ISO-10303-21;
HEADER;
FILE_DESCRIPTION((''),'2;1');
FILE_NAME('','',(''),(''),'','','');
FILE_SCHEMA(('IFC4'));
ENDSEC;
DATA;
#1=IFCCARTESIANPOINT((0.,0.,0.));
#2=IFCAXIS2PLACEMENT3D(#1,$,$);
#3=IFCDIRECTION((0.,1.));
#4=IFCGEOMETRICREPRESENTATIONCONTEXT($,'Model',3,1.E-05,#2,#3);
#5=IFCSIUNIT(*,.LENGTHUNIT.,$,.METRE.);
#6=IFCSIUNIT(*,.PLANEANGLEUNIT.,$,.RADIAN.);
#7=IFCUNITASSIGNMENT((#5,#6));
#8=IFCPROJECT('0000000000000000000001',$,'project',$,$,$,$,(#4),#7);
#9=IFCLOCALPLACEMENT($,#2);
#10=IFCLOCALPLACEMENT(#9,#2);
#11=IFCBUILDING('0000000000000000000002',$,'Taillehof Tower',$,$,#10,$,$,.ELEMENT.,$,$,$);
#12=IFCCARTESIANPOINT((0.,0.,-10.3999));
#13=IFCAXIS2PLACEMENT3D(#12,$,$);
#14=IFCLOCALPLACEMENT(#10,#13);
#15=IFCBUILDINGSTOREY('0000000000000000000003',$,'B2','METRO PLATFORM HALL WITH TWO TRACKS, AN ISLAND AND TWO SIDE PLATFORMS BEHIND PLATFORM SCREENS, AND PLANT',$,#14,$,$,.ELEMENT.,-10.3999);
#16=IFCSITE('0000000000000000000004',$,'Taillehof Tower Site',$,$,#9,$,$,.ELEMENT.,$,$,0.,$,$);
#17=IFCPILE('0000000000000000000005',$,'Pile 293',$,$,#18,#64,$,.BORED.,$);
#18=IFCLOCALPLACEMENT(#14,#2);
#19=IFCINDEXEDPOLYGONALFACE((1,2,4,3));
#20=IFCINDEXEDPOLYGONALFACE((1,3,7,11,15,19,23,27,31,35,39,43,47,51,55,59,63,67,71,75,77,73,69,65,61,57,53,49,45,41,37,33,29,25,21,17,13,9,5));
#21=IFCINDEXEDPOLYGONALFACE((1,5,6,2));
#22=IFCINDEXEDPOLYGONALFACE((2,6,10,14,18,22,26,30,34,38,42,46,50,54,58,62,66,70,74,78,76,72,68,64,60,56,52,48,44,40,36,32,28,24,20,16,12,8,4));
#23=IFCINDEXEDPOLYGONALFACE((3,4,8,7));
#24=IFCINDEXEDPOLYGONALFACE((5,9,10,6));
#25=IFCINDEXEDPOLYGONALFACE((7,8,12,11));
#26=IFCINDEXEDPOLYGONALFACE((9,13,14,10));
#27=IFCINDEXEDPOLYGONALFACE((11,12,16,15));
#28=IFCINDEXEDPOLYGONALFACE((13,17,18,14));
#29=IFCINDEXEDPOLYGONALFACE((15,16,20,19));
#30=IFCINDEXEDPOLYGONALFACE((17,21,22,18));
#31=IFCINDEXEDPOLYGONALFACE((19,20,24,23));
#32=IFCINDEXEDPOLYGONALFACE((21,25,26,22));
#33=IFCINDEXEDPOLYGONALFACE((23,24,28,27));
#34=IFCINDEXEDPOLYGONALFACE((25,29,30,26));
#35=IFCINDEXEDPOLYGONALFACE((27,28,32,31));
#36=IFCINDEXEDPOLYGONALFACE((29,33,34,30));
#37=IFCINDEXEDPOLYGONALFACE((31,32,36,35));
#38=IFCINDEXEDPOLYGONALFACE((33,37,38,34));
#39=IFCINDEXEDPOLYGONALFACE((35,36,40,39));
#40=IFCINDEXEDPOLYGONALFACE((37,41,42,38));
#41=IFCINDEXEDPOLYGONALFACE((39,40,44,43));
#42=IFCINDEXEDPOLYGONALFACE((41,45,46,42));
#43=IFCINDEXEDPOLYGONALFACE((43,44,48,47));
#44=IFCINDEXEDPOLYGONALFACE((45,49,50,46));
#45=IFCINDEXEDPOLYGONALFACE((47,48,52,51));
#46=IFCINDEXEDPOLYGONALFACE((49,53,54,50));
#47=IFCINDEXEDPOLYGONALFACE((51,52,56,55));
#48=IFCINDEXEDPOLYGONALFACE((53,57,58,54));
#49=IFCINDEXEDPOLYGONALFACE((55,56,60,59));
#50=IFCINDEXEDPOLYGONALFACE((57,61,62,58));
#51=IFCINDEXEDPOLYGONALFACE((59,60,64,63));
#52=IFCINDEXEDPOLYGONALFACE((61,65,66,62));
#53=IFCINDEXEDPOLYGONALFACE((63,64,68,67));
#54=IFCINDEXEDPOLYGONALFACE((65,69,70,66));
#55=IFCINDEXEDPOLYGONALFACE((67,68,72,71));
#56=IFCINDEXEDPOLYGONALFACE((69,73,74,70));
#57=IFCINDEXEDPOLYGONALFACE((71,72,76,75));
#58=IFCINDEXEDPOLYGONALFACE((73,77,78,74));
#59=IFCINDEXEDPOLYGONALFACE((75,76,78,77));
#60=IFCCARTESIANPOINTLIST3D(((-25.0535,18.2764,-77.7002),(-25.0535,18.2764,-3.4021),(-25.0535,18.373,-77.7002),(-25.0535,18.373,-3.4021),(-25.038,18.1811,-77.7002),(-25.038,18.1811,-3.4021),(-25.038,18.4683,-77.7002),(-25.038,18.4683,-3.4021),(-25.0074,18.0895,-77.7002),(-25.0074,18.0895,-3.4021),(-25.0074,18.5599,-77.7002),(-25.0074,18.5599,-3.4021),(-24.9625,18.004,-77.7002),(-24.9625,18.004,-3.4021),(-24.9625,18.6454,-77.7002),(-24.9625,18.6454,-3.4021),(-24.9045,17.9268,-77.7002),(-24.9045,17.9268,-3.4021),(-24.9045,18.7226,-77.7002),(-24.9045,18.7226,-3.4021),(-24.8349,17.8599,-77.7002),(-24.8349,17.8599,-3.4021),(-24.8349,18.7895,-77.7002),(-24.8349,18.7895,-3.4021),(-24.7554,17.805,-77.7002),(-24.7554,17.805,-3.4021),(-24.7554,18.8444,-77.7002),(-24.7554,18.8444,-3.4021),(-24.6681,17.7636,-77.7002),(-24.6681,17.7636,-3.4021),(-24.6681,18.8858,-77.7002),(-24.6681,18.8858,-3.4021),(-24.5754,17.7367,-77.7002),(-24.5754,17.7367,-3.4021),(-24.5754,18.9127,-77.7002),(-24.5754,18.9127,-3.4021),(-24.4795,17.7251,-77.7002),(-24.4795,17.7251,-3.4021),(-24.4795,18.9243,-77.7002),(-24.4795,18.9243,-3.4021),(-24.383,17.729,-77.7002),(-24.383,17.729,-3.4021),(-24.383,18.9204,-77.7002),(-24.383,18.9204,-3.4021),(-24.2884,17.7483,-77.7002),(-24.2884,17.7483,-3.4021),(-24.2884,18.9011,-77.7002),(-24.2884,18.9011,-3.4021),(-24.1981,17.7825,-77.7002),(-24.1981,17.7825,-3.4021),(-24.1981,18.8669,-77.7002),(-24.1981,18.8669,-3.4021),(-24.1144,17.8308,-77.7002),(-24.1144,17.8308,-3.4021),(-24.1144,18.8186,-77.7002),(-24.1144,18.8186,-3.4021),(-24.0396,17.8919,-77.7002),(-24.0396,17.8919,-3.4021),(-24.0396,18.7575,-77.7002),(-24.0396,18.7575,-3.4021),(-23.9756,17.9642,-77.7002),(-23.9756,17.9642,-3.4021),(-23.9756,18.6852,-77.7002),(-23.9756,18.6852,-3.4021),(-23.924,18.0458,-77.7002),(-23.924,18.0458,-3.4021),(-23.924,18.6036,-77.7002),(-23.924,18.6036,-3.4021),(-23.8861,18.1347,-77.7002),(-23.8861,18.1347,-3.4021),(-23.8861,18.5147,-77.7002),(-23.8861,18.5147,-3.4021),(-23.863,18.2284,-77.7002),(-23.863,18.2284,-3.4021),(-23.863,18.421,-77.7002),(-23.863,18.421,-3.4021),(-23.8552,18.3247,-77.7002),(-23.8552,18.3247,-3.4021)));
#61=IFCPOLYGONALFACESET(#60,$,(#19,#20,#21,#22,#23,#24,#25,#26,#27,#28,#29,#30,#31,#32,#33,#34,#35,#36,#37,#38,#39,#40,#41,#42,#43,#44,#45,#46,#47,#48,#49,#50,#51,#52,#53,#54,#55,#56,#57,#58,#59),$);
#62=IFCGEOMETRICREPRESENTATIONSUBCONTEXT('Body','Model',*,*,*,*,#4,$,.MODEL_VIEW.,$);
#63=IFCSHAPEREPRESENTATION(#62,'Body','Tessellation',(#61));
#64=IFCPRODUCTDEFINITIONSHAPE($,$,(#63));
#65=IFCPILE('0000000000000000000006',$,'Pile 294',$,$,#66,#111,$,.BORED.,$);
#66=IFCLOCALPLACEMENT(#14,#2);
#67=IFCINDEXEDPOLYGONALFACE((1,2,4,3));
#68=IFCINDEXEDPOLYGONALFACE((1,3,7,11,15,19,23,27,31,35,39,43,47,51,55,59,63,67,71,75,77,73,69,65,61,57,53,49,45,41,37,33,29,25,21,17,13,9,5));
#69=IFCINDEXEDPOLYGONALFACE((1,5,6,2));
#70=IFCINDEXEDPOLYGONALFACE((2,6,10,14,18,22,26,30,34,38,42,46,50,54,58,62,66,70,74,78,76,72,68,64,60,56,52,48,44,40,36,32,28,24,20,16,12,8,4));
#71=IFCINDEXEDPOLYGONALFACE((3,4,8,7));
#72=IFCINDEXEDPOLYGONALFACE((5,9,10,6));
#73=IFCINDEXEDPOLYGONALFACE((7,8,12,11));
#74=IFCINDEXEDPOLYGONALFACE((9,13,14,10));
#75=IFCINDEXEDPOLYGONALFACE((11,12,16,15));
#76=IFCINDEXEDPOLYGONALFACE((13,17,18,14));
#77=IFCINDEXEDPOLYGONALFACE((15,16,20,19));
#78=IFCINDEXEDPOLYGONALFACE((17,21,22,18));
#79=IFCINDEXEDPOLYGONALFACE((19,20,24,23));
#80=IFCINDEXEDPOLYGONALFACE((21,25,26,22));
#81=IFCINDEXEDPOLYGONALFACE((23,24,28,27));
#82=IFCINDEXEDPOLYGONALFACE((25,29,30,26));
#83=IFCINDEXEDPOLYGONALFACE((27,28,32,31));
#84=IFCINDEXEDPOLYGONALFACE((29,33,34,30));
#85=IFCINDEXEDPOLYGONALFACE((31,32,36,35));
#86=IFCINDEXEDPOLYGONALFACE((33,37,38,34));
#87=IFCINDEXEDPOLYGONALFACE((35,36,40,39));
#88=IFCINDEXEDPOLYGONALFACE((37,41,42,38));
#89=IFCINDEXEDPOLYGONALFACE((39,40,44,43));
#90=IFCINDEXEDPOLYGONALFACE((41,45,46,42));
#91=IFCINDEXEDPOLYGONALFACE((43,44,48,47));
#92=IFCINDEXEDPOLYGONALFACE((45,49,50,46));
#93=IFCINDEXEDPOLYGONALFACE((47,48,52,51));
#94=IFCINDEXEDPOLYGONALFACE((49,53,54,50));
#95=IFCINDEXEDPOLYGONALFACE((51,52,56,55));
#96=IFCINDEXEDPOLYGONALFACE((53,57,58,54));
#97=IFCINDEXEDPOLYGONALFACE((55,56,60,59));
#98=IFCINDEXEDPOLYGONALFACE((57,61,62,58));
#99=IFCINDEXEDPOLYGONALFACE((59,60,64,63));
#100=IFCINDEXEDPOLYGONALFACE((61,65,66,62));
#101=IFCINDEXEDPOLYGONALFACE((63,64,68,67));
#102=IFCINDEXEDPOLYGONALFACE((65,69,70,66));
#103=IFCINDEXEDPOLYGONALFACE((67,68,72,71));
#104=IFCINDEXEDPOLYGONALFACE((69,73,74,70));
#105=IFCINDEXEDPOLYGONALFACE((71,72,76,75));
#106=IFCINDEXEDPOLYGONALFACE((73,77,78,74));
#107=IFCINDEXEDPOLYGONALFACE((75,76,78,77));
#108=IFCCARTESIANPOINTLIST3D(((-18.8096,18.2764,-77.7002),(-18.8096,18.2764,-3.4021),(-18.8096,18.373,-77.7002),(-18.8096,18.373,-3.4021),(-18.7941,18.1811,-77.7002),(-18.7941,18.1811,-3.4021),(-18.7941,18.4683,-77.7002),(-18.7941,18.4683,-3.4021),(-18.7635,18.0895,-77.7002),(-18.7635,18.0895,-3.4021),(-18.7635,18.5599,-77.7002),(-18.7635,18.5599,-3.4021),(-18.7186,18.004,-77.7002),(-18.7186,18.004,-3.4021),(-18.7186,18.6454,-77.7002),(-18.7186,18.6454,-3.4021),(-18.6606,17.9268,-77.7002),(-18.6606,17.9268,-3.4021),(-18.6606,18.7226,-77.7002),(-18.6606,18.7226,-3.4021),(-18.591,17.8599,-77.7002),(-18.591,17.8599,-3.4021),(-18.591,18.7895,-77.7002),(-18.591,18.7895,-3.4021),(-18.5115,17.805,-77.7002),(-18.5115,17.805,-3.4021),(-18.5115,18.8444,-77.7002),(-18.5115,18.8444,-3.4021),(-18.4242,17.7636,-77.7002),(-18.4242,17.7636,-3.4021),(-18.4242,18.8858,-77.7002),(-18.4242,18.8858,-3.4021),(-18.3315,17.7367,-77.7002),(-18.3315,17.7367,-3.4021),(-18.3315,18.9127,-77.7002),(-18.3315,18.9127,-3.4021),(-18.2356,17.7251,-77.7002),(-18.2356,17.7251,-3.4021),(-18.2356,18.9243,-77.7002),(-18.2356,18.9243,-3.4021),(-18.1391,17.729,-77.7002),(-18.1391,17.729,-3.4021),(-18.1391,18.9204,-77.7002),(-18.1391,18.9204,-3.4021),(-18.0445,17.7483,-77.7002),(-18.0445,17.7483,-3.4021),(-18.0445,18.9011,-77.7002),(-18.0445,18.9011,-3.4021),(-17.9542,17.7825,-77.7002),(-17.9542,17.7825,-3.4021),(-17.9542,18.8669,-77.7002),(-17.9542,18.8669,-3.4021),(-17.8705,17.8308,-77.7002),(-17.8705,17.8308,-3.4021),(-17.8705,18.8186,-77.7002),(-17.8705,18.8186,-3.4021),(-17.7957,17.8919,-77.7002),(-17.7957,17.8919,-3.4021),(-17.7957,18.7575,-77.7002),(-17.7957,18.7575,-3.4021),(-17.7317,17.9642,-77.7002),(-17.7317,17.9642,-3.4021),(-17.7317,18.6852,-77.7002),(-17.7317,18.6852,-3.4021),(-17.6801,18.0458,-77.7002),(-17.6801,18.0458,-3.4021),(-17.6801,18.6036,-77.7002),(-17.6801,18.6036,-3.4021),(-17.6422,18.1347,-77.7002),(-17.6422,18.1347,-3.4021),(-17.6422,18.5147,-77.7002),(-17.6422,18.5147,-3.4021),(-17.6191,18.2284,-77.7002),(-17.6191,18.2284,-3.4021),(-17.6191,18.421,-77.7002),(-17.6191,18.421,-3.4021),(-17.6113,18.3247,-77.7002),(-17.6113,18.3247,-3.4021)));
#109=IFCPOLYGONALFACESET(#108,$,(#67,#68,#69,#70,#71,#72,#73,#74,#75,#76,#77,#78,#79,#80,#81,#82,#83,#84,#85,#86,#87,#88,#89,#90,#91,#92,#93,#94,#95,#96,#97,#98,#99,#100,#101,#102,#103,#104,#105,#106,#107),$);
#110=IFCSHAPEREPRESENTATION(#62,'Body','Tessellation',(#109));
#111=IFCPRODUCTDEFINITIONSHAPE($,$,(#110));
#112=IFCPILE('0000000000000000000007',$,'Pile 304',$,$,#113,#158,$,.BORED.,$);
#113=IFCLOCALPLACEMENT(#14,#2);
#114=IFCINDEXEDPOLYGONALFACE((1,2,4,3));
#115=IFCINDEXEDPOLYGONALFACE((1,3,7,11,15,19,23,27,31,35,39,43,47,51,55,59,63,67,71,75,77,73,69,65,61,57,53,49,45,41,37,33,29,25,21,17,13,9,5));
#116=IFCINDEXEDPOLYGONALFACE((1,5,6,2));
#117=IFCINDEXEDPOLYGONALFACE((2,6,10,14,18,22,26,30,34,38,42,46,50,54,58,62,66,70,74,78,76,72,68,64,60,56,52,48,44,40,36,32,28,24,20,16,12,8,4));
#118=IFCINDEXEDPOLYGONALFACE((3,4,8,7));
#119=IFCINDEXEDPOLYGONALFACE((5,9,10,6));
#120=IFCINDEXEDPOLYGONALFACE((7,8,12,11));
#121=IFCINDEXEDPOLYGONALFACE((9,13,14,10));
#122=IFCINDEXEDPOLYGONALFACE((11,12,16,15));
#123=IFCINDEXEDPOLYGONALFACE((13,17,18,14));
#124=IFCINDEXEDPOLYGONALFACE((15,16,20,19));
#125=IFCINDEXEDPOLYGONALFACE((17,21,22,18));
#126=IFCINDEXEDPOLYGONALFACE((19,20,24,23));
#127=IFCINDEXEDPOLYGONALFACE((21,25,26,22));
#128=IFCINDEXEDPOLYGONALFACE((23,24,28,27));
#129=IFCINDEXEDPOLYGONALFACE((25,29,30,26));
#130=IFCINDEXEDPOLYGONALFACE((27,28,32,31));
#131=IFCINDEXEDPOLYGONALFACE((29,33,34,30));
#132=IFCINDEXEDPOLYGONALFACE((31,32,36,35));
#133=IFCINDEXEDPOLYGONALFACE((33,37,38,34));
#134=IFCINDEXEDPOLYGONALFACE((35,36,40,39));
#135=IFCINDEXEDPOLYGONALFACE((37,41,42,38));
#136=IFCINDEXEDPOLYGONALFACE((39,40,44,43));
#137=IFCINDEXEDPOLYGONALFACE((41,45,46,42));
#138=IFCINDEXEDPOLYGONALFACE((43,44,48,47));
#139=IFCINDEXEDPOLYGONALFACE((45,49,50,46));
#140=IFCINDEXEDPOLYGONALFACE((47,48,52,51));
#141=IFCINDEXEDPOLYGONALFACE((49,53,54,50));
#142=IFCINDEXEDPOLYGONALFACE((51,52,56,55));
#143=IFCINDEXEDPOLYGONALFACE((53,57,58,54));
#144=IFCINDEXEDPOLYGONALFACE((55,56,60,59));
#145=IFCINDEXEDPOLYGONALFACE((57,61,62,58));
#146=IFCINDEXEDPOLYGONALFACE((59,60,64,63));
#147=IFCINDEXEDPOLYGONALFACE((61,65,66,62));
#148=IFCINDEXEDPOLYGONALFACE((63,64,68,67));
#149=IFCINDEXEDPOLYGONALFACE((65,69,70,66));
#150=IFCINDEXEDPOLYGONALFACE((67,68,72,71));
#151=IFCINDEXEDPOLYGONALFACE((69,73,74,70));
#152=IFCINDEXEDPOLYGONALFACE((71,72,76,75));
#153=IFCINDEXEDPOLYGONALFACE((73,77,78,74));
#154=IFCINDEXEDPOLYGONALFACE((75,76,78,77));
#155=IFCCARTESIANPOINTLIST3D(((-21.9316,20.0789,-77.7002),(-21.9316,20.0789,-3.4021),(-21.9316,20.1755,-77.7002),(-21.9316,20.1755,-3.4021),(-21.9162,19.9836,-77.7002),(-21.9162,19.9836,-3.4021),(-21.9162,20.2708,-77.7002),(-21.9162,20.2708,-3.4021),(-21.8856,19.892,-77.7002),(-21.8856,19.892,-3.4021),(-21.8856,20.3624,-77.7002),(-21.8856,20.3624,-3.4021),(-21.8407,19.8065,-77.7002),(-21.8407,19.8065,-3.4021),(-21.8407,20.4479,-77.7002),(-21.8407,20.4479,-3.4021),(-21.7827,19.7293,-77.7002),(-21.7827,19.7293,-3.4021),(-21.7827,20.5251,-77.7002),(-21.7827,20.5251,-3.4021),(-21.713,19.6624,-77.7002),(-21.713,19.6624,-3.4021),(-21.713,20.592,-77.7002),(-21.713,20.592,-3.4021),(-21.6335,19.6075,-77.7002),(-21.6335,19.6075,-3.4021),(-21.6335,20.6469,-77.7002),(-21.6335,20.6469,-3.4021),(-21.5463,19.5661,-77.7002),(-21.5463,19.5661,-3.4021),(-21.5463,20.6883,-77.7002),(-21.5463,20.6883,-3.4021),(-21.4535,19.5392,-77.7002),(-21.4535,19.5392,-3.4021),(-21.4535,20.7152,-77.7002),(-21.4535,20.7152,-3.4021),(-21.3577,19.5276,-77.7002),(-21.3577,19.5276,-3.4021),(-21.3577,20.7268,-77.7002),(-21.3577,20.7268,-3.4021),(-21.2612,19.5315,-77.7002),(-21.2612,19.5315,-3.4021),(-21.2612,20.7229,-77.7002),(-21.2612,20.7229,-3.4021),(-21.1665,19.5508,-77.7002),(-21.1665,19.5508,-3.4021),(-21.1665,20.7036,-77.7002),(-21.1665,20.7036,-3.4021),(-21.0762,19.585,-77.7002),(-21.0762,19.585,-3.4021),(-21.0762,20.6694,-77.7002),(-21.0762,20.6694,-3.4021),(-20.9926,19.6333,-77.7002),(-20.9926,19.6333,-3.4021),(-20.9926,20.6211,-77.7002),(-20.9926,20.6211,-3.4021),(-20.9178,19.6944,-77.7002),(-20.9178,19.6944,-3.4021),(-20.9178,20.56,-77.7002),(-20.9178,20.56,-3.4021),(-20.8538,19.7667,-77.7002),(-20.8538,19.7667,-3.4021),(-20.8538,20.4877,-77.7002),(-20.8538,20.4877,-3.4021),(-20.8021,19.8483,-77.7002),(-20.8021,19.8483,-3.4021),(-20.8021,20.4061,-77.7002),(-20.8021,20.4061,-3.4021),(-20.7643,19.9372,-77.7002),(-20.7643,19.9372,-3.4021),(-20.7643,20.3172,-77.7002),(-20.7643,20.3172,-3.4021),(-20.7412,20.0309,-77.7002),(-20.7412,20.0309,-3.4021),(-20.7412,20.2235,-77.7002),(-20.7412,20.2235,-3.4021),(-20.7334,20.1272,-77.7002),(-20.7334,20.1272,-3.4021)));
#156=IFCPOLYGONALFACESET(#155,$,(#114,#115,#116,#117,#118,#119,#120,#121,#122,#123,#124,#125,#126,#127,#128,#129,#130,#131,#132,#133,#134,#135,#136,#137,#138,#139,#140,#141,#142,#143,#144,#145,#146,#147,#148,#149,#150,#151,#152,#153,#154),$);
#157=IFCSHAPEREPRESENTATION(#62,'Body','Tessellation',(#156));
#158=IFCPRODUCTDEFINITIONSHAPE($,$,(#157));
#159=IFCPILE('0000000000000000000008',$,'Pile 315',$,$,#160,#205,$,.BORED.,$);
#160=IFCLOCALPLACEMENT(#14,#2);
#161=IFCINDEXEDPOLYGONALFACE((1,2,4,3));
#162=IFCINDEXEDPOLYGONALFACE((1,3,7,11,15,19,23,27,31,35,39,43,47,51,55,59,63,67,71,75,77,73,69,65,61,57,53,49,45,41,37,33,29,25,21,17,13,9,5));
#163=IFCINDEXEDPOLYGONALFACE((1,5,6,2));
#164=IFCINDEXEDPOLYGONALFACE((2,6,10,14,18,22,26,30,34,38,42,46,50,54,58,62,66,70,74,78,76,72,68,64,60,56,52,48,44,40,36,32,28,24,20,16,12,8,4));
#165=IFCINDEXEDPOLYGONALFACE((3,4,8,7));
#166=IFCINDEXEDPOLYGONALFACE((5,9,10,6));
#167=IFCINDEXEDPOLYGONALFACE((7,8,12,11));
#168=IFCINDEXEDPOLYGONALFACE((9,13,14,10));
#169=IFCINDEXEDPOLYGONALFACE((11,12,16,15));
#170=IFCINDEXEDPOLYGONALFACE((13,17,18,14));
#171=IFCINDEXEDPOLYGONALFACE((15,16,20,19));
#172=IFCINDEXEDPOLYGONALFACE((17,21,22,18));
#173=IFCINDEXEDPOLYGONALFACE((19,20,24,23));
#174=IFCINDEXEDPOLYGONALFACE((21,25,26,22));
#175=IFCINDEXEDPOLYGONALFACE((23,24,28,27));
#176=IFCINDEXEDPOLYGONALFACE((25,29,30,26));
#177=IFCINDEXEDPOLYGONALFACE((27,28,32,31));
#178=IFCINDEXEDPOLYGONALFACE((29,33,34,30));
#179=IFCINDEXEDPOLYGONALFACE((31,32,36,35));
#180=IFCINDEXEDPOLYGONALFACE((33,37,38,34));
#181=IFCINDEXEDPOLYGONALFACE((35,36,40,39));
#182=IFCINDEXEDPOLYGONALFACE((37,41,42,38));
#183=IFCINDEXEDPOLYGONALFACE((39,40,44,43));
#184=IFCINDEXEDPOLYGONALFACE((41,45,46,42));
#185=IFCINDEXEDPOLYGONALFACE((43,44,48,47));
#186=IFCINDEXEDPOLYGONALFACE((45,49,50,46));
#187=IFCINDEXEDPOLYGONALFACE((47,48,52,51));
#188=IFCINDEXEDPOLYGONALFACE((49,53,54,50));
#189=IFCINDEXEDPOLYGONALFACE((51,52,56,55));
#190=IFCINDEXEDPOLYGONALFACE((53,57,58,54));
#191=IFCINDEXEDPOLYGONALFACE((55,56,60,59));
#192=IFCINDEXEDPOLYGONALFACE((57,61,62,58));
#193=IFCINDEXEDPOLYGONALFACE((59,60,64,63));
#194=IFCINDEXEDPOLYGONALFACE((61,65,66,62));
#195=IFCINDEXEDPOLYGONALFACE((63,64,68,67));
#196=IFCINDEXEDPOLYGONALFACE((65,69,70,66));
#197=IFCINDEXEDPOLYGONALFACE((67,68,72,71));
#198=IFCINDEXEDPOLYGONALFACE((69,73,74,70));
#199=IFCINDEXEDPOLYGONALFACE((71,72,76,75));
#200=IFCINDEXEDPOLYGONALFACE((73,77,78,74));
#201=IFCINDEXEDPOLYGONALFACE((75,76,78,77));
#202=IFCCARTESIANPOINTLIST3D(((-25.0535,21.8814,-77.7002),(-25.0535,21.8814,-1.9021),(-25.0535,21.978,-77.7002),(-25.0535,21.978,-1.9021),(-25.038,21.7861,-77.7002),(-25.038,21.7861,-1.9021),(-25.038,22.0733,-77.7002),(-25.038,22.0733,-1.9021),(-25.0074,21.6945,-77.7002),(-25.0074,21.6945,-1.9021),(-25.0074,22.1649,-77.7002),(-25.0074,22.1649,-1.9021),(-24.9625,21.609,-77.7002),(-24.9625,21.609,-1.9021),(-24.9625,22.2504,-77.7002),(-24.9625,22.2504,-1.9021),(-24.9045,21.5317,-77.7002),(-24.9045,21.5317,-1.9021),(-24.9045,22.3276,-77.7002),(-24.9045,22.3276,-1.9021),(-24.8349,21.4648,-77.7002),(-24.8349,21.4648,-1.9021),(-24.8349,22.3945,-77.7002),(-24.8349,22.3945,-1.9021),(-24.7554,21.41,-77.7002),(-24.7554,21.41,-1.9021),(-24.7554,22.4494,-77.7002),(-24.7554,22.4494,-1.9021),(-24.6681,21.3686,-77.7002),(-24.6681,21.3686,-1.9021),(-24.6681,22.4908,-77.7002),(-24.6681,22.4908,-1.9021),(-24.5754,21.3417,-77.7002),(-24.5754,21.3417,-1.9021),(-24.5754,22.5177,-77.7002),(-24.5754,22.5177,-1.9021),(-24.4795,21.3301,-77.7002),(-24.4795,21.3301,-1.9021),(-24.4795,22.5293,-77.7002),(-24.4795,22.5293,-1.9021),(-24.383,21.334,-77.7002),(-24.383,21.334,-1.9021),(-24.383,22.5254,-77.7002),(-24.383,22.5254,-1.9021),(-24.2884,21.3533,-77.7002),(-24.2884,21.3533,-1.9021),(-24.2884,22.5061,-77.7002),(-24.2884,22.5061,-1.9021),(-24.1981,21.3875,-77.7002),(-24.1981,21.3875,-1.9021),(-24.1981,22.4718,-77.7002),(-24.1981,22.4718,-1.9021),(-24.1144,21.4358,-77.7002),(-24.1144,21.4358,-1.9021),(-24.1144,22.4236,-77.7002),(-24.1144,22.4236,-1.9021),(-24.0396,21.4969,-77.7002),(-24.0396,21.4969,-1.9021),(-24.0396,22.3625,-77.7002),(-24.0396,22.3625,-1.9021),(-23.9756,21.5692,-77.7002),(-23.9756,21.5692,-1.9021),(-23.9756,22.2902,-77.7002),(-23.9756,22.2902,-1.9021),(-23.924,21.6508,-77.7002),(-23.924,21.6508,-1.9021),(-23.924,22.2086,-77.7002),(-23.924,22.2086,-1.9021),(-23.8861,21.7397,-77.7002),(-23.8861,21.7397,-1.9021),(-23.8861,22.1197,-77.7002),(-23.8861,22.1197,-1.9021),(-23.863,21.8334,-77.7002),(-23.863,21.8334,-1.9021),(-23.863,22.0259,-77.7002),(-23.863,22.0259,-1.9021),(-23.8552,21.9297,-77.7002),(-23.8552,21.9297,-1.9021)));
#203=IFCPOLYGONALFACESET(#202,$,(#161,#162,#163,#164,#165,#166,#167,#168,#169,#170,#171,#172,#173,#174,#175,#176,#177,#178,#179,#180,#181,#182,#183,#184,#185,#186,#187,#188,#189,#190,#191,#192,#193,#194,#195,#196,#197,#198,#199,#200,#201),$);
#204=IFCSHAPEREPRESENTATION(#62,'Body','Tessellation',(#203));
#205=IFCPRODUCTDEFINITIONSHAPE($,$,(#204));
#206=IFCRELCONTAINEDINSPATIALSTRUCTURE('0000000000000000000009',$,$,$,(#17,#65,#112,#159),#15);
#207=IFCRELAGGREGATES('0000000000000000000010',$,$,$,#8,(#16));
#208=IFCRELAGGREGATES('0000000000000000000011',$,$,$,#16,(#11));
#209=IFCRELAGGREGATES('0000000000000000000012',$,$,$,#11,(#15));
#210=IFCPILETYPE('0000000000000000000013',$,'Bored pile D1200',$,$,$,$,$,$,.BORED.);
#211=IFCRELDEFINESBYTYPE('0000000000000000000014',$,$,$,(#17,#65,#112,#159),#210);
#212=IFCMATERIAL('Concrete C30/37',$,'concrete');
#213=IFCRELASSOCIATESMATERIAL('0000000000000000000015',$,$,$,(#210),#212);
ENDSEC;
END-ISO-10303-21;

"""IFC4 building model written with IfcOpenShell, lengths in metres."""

from ifc_helpers import new_model, si_unit, direction, frame, origin, origin_2d, place, context, subcontext, project, spatial, circle, extrude, material, material_profile, profile_set, type_object, element, save


model = new_model("IFC4")

# Units and contexts
model_context = context("Model", 3, precision=1e-05, world=origin(), true_north=direction((0.0, 1.0)))
body_context = subcontext(model_context, "Body", "Model", "MODEL_VIEW")
ifc_project = project(units=[si_unit("LENGTHUNIT", "METRE"), si_unit("PLANEANGLEUNIT", "RADIAN")], contexts=[model_context])

# Site, building, storey
site_placement = place(None, origin())
site = spatial("IfcSite", under=ifc_project, at=site_placement, Name="Taillehof Tower Site", CompositionType="ELEMENT", RefElevation=0.0)
building_placement = place(site_placement, origin())
building = spatial("IfcBuilding", under=site, at=building_placement, Name="Taillehof Tower", CompositionType="ELEMENT")
storey_placement = place(building_placement, frame((0.0, 0.0, -10.3999)))
storey = spatial("IfcBuildingStorey", under=building, at=storey_placement, Name="B2", Description="METRO PLATFORM HALL WITH TWO TRACKS, AN ISLAND AND TWO SIDE PLATFORMS BEHIND PLATFORM SCREENS, AND PLANT", CompositionType="ELEMENT", Elevation=-10.3999)

# Piles
ifc_material_1 = material(Name="Concrete C30/37", Category="concrete")
ifc_material_profile_1 = material_profile(ifc_material_1, circle(Radius=0.6001, at=origin_2d()), Name="BP D1200")
ifc_profile_set_1 = profile_set([ifc_material_profile_1], Name="Concrete C30/37")
pile_type = type_object("IfcPileType", Name="Bored pile D1200", PredefinedType="BORED", material=ifc_profile_set_1)
for number, where, z_axis, x_axis, name in (
    (1, (-24.4553, 18.3247, -3.4021), (0.0, 0.0, -1.0), (1.0, 0.0, 0.0), "Pile 293"),
    (2, (-18.2114, 18.3247, -3.4021), (0.0, 0.0, -1.0), (1.0, 0.0, 0.0), "Pile 294"),
    (3, (-21.3335, 20.1272, -3.4021), (0.0, 0.0, -1.0), (1.0, 0.0, 0.0), "Pile 304"),
):
    element("IfcPile", number, at=place(storey_placement, frame(where, z_axis=z_axis, x_axis=x_axis)), inside=storey, type_object=pile_type, Name=name, PredefinedType="BORED", context=body_context, shape_type="SweptSolid", body=[
        extrude(circle(Radius=0.6001, at=origin_2d()), origin(), (0.0, 0.0, 1.0), 74.2981),
    ])
for number, where, z_axis, x_axis, name in (
    (4, (-24.4553, 21.9297, -1.9021), (0.0, 0.0, -1.0), (1.0, 0.0, 0.0), "Pile 315"),
):
    element("IfcPile", number, at=place(storey_placement, frame(where, z_axis=z_axis, x_axis=x_axis)), inside=storey, type_object=pile_type, Name=name, PredefinedType="BORED", context=body_context, shape_type="SweptSolid", body=[
        extrude(circle(Radius=0.6001, at=origin_2d()), origin(), (0.0, 0.0, 1.0), 75.7981),
    ])

save(model, "model.ifc")
